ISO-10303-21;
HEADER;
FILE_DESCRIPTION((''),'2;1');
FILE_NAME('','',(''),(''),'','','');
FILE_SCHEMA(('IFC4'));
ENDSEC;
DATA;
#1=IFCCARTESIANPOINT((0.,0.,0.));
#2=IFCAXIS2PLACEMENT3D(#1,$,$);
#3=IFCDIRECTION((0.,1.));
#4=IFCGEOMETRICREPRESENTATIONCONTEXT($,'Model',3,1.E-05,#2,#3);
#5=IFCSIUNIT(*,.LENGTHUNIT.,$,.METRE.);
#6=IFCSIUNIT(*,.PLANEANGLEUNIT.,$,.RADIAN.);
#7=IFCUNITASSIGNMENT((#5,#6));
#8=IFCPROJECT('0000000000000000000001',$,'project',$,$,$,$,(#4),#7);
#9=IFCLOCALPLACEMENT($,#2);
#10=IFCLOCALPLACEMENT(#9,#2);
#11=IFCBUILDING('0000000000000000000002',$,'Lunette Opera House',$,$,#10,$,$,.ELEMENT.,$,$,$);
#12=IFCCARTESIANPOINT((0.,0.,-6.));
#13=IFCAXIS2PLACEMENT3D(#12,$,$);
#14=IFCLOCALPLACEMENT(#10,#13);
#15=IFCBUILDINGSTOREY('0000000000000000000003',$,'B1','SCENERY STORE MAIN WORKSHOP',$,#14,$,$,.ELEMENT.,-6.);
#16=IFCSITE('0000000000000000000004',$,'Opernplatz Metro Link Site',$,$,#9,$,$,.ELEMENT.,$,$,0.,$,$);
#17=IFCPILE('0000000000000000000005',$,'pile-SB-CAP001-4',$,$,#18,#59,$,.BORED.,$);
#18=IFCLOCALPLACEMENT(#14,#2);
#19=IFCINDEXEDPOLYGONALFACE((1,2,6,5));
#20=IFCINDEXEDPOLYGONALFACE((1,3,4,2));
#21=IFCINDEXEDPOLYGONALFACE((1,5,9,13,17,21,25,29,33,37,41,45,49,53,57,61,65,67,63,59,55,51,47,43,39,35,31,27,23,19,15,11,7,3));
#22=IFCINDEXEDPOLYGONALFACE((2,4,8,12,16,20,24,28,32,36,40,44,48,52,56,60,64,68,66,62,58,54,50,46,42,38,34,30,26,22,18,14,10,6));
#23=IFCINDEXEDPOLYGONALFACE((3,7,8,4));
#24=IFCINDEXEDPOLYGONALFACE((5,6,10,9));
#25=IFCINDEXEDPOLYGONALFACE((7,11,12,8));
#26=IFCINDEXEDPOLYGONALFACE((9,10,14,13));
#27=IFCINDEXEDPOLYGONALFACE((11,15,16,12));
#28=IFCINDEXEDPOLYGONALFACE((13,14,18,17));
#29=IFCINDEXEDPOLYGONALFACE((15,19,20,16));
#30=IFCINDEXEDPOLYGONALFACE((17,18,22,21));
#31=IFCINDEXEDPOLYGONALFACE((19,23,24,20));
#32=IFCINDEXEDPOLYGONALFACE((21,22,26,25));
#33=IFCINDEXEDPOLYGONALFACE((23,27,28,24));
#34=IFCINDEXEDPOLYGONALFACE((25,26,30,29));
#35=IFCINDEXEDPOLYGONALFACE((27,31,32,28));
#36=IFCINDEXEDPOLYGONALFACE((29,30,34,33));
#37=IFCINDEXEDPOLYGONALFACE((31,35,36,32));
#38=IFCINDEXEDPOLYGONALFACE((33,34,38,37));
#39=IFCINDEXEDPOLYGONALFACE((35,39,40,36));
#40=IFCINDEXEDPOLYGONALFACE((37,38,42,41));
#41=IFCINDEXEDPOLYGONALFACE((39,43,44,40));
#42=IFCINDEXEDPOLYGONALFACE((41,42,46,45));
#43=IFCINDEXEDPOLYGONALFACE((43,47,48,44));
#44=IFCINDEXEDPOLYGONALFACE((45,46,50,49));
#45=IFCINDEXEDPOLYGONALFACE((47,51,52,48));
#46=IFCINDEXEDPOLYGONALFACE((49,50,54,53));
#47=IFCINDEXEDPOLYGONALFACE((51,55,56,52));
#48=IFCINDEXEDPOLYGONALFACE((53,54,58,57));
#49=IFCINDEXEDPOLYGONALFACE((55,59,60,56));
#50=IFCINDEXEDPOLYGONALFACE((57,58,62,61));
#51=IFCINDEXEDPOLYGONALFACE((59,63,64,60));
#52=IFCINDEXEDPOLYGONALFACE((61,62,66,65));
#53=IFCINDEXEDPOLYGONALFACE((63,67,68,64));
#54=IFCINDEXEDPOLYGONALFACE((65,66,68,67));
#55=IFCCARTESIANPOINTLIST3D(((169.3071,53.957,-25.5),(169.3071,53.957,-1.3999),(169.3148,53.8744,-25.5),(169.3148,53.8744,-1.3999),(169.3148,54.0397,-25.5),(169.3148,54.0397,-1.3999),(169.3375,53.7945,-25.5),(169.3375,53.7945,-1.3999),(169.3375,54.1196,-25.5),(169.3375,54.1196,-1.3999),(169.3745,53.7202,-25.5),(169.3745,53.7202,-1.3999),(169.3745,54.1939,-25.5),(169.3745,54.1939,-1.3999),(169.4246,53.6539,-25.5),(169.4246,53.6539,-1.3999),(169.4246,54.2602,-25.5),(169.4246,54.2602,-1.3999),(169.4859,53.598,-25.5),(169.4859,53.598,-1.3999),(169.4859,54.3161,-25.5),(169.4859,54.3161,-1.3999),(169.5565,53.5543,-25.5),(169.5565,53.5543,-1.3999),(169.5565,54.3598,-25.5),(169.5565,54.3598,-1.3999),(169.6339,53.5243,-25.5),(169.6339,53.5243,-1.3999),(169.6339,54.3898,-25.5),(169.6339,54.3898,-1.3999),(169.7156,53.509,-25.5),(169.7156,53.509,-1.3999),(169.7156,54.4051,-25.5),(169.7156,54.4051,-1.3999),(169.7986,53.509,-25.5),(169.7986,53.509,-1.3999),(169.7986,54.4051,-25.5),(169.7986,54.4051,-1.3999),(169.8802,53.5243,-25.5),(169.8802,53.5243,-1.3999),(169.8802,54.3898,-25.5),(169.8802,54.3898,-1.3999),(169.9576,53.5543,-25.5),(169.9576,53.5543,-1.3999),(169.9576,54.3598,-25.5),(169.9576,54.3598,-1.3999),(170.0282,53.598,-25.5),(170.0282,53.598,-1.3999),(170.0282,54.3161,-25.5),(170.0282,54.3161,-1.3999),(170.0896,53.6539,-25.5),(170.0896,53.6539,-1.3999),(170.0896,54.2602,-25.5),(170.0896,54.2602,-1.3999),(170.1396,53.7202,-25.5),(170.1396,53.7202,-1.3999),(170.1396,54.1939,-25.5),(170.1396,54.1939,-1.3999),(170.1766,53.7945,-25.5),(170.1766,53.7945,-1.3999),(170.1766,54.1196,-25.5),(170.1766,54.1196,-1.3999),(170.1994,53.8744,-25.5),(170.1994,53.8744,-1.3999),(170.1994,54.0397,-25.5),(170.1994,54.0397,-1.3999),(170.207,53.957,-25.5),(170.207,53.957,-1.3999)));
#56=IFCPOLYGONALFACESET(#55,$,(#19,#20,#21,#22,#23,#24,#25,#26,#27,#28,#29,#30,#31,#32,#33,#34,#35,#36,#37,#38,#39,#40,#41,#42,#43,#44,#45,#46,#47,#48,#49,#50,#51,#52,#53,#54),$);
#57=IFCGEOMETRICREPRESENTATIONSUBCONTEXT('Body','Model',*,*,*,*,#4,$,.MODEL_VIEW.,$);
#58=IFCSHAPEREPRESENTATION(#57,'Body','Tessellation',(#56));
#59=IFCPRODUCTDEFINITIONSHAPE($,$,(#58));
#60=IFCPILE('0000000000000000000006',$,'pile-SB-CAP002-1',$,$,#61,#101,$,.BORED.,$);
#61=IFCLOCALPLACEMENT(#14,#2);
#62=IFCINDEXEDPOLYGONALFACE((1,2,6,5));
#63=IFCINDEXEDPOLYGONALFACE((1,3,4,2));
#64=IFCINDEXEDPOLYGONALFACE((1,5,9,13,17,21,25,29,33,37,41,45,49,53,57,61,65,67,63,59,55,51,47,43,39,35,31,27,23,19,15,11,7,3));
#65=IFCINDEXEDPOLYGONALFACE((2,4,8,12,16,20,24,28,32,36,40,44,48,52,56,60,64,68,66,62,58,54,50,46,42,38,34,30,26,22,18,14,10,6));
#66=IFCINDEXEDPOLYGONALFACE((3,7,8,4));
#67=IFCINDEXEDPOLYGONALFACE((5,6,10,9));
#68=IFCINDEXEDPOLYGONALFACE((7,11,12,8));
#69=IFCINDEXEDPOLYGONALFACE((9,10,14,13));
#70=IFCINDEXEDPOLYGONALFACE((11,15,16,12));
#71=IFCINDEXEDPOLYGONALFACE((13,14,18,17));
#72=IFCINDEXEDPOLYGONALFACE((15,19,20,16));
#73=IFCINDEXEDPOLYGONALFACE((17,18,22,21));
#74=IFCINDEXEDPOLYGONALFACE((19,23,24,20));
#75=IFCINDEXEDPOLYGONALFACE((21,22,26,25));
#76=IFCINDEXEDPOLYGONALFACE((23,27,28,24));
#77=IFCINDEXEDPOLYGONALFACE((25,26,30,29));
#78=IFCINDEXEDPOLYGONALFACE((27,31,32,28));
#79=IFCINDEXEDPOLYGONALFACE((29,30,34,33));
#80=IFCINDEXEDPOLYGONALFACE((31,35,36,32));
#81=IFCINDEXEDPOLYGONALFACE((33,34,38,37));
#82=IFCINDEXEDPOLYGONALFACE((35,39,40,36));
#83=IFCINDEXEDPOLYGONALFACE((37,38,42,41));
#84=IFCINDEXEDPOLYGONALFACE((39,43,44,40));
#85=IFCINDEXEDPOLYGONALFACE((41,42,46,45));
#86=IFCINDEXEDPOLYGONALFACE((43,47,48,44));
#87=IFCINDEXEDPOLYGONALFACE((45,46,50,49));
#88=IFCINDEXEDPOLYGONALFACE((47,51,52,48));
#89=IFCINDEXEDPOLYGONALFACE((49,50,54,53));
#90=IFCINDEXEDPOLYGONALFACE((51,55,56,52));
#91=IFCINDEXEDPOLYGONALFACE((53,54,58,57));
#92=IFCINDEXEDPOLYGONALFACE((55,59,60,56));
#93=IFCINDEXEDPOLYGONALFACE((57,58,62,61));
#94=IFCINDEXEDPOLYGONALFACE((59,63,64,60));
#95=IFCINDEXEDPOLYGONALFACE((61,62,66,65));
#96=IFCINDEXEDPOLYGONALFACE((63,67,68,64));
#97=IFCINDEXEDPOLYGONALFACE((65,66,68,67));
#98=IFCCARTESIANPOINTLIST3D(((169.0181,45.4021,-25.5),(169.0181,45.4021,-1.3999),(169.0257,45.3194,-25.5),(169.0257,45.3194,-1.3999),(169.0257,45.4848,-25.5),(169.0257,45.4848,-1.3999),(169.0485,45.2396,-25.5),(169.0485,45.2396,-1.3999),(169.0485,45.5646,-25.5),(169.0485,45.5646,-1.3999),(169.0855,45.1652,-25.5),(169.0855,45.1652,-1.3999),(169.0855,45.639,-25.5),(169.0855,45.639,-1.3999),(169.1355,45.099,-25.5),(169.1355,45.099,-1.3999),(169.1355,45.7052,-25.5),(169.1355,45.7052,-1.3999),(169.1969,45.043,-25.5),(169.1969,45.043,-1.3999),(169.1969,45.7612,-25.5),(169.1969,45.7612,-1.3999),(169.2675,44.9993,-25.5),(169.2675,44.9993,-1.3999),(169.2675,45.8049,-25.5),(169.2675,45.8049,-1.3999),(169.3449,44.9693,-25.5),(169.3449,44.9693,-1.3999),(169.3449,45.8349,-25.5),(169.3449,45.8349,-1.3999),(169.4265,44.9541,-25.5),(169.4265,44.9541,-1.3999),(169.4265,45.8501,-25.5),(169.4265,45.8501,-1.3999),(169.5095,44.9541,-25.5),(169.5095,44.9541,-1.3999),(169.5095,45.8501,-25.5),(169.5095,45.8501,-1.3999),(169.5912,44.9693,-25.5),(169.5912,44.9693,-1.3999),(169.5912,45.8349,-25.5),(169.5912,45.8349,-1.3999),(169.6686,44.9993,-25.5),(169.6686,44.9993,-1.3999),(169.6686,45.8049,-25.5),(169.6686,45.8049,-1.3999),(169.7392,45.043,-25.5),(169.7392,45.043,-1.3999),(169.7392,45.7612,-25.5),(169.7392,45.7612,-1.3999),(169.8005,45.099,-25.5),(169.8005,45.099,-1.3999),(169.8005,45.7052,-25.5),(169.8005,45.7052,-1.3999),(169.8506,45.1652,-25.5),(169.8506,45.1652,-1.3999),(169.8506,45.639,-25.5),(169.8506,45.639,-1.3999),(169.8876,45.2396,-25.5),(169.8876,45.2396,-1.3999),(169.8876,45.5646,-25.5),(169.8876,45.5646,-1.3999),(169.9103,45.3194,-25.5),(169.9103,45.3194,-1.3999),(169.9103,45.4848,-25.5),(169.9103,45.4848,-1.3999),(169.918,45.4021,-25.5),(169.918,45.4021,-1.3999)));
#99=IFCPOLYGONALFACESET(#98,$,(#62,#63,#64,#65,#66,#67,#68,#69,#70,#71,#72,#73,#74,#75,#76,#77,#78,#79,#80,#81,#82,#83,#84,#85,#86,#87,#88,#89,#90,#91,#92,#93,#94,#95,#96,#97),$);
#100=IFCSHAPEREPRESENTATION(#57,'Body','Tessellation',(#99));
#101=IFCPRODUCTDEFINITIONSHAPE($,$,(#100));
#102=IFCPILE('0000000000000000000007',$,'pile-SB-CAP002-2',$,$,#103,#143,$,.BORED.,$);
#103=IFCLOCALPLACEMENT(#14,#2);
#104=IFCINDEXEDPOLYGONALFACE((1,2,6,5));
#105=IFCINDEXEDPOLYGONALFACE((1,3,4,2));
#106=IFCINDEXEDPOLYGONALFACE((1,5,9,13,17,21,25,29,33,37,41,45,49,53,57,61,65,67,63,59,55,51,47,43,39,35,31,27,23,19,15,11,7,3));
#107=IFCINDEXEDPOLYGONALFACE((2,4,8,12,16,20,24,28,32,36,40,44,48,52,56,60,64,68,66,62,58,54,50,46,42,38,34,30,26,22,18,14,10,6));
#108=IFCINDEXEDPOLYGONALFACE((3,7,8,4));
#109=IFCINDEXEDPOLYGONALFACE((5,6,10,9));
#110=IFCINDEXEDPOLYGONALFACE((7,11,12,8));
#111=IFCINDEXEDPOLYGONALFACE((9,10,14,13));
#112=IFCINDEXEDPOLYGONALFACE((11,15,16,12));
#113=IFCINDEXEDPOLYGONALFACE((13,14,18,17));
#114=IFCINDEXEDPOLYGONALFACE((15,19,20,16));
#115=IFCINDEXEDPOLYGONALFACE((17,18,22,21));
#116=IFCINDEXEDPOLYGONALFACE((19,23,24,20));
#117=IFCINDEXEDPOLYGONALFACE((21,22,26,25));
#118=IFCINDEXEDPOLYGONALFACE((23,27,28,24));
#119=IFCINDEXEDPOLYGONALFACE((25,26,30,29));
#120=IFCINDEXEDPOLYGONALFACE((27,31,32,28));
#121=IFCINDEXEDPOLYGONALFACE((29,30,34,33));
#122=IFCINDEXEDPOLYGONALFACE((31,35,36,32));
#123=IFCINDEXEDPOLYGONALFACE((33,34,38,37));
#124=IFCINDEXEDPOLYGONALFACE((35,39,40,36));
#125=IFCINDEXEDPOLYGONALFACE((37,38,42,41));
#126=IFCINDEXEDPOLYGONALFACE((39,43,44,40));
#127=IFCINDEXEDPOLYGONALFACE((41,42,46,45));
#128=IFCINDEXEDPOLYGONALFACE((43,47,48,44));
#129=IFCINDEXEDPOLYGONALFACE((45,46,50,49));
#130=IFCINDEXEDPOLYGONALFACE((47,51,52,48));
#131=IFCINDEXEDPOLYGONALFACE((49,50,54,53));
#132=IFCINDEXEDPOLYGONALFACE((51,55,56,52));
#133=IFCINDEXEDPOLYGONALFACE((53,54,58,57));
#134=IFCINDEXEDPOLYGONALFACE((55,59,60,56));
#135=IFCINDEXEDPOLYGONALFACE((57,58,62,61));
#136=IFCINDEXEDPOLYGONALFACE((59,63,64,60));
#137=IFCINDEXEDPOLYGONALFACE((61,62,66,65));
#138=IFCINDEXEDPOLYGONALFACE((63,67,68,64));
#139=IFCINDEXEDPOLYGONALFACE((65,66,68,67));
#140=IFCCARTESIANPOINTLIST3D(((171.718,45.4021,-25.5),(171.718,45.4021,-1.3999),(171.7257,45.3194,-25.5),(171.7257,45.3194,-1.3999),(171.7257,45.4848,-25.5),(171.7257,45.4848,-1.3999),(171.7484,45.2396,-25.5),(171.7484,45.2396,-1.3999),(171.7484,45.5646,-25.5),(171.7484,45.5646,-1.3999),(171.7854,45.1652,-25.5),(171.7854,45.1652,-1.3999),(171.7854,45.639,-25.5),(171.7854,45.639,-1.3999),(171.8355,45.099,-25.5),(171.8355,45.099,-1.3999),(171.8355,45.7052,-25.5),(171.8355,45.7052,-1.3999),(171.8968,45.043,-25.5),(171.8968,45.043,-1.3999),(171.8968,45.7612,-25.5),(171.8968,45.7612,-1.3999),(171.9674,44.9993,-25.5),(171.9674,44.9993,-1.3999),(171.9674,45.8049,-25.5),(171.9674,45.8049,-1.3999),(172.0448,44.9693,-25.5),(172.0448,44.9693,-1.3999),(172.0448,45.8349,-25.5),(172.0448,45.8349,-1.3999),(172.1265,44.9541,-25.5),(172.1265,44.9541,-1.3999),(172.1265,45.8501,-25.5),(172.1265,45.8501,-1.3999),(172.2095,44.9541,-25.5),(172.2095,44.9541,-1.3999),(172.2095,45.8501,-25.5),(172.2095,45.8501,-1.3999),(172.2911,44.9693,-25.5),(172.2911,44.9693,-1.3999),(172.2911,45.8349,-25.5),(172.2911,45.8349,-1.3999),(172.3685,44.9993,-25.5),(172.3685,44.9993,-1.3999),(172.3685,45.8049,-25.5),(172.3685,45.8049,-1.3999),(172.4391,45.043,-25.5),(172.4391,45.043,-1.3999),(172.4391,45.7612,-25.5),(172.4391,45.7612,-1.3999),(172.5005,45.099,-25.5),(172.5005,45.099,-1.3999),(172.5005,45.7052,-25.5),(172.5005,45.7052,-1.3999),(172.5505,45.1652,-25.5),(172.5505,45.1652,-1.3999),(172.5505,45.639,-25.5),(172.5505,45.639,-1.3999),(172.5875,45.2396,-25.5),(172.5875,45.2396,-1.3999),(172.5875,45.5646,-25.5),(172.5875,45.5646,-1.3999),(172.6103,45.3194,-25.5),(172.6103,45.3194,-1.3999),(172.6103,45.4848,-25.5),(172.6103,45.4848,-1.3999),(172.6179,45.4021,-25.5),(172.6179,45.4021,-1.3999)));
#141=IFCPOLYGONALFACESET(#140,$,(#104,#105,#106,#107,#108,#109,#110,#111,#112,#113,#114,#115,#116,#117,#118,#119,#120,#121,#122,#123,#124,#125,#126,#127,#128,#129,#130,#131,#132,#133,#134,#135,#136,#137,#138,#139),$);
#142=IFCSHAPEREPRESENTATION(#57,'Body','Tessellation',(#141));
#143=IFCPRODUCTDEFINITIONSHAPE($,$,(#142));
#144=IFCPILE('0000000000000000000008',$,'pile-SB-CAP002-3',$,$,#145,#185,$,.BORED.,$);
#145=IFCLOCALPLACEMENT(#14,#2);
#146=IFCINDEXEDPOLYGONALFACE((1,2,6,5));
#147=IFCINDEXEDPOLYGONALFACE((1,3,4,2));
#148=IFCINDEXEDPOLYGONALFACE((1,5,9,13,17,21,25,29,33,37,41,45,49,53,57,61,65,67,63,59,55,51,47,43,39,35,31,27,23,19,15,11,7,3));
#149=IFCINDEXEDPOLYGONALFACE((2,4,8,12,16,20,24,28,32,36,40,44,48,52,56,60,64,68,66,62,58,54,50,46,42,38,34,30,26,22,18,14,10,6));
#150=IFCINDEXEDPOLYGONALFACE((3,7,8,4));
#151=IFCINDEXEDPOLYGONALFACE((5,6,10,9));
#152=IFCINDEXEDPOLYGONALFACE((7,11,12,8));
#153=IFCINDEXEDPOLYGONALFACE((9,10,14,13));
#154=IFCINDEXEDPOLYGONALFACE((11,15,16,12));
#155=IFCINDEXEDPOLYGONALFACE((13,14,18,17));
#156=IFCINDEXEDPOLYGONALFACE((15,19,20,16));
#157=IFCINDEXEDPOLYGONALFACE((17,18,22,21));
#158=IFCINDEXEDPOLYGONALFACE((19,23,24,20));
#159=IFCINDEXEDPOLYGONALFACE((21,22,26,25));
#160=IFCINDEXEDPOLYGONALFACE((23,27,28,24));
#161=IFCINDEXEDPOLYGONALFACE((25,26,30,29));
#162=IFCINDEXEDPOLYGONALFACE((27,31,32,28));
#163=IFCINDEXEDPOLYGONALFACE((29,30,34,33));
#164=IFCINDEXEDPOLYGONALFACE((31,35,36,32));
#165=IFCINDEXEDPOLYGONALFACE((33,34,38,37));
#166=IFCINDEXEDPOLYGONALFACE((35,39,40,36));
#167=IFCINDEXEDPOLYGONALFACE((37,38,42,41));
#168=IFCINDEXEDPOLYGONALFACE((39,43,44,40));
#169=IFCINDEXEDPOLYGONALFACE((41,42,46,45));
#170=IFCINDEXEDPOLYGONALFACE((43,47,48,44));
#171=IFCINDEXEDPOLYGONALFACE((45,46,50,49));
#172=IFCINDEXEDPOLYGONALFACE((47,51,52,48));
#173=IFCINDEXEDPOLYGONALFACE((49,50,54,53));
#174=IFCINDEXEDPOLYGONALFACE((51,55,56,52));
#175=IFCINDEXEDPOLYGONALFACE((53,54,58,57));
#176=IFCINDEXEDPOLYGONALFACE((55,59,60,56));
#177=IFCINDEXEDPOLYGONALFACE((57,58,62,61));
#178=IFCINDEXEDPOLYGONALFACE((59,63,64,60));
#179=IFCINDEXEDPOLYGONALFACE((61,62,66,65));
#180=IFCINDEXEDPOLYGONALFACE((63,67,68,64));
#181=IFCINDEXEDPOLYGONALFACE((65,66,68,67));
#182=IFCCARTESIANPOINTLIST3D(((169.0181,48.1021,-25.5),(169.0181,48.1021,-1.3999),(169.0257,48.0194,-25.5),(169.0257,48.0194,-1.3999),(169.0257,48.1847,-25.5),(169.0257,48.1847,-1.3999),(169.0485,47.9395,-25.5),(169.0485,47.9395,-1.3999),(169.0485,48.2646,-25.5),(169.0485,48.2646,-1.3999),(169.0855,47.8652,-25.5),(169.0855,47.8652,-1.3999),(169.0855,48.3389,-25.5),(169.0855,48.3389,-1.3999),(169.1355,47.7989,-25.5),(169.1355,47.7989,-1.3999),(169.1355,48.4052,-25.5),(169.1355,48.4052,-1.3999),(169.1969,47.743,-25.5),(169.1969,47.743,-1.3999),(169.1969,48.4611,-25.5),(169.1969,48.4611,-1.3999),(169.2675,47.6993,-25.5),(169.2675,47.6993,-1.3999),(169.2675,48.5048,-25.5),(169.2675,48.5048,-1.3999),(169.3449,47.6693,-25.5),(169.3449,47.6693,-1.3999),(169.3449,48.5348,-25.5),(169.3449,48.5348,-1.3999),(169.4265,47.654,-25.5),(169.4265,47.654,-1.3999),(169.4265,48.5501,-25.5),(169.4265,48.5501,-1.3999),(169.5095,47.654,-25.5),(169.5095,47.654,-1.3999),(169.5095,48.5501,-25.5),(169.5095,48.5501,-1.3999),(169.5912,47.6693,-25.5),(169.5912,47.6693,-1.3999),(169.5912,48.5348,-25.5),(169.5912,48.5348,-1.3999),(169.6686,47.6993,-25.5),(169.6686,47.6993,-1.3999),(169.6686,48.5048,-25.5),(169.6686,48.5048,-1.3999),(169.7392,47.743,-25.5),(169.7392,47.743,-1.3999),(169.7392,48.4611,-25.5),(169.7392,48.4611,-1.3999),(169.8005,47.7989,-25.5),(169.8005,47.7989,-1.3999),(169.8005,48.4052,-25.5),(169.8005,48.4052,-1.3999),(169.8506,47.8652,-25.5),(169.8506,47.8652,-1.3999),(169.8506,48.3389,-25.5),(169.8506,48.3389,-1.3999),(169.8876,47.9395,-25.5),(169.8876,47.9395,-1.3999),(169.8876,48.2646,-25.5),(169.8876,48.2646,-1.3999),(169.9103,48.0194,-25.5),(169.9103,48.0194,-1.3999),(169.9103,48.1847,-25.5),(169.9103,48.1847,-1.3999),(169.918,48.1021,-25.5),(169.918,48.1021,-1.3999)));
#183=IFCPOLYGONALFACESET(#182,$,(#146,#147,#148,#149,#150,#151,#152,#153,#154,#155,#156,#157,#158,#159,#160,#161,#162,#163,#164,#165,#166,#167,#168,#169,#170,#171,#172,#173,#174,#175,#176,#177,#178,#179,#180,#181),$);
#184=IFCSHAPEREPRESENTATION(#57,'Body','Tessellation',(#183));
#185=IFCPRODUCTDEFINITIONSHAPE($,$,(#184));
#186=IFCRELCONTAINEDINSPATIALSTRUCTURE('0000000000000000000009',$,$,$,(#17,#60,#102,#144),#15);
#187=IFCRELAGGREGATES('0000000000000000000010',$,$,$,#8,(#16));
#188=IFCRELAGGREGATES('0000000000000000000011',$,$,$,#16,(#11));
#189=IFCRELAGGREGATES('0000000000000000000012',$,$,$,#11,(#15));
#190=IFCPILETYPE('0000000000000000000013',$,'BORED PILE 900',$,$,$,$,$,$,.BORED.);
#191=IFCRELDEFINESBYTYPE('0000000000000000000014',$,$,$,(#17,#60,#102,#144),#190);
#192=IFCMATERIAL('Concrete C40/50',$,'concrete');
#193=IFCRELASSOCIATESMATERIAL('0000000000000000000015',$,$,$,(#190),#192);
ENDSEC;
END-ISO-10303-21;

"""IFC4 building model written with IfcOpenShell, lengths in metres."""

from ifc_helpers import new_model, si_unit, direction, frame, origin, origin_2d, place, context, subcontext, project, spatial, circle, extrude, material, material_profile, profile_set, type_object, element, save


model = new_model("IFC4")

# Units and contexts
model_context = context("Model", 3, precision=1e-05, world=origin(), true_north=direction((0.0, 1.0)))
body_context = subcontext(model_context, "Body", "Model", "MODEL_VIEW")
ifc_project = project(units=[si_unit("LENGTHUNIT", "METRE"), si_unit("PLANEANGLEUNIT", "RADIAN")], contexts=[model_context])

# Site, building, storey
site_placement = place(None, origin())
site = spatial("IfcSite", under=ifc_project, at=site_placement, Name="Opernplatz Metro Link Site", CompositionType="ELEMENT", RefElevation=0.0)
building_placement = place(site_placement, origin())
building = spatial("IfcBuilding", under=site, at=building_placement, Name="Lunette Opera House", CompositionType="ELEMENT")
storey_placement = place(building_placement, frame((0.0, 0.0, -6.0)))
storey = spatial("IfcBuildingStorey", under=building, at=storey_placement, Name="B1", Description="SCENERY STORE MAIN WORKSHOP", CompositionType="ELEMENT", Elevation=-6.0)

# Piles
ifc_material_1 = material(Name="Concrete C40/50", Category="concrete")
ifc_material_profile_1 = material_profile(ifc_material_1, circle(Radius=0.45, at=origin_2d()), Name="BORED PILE 900")
ifc_profile_set_1 = profile_set([ifc_material_profile_1], Name="Concrete C40/50")
pile_type = type_object("IfcPileType", Name="BORED PILE 900", PredefinedType="BORED", material=ifc_profile_set_1)
for number, where, z_axis, x_axis, name in (
    (1, (169.7571, 53.957, -1.3999), (0.0, 0.0, -1.0), (1.0, 0.0, 0.0), "pile-SB-CAP001-4"),
    (2, (169.468, 45.4021, -1.3999), (0.0, 0.0, -1.0), (1.0, 0.0, 0.0), "pile-SB-CAP002-1"),
    (3, (172.168, 45.4021, -1.3999), (0.0, 0.0, -1.0), (1.0, 0.0, 0.0), "pile-SB-CAP002-2"),
    (4, (169.468, 48.1021, -1.3999), (0.0, 0.0, -1.0), (1.0, 0.0, 0.0), "pile-SB-CAP002-3"),
):
    element("IfcPile", number, at=place(storey_placement, frame(where, z_axis=z_axis, x_axis=x_axis)), inside=storey, type_object=pile_type, Name=name, PredefinedType="BORED", context=body_context, shape_type="SweptSolid", body=[
        extrude(circle(Radius=0.45, at=origin_2d()), origin(), (0.0, 0.0, 1.0), 24.1001),
    ])

save(model, "model.ifc")
